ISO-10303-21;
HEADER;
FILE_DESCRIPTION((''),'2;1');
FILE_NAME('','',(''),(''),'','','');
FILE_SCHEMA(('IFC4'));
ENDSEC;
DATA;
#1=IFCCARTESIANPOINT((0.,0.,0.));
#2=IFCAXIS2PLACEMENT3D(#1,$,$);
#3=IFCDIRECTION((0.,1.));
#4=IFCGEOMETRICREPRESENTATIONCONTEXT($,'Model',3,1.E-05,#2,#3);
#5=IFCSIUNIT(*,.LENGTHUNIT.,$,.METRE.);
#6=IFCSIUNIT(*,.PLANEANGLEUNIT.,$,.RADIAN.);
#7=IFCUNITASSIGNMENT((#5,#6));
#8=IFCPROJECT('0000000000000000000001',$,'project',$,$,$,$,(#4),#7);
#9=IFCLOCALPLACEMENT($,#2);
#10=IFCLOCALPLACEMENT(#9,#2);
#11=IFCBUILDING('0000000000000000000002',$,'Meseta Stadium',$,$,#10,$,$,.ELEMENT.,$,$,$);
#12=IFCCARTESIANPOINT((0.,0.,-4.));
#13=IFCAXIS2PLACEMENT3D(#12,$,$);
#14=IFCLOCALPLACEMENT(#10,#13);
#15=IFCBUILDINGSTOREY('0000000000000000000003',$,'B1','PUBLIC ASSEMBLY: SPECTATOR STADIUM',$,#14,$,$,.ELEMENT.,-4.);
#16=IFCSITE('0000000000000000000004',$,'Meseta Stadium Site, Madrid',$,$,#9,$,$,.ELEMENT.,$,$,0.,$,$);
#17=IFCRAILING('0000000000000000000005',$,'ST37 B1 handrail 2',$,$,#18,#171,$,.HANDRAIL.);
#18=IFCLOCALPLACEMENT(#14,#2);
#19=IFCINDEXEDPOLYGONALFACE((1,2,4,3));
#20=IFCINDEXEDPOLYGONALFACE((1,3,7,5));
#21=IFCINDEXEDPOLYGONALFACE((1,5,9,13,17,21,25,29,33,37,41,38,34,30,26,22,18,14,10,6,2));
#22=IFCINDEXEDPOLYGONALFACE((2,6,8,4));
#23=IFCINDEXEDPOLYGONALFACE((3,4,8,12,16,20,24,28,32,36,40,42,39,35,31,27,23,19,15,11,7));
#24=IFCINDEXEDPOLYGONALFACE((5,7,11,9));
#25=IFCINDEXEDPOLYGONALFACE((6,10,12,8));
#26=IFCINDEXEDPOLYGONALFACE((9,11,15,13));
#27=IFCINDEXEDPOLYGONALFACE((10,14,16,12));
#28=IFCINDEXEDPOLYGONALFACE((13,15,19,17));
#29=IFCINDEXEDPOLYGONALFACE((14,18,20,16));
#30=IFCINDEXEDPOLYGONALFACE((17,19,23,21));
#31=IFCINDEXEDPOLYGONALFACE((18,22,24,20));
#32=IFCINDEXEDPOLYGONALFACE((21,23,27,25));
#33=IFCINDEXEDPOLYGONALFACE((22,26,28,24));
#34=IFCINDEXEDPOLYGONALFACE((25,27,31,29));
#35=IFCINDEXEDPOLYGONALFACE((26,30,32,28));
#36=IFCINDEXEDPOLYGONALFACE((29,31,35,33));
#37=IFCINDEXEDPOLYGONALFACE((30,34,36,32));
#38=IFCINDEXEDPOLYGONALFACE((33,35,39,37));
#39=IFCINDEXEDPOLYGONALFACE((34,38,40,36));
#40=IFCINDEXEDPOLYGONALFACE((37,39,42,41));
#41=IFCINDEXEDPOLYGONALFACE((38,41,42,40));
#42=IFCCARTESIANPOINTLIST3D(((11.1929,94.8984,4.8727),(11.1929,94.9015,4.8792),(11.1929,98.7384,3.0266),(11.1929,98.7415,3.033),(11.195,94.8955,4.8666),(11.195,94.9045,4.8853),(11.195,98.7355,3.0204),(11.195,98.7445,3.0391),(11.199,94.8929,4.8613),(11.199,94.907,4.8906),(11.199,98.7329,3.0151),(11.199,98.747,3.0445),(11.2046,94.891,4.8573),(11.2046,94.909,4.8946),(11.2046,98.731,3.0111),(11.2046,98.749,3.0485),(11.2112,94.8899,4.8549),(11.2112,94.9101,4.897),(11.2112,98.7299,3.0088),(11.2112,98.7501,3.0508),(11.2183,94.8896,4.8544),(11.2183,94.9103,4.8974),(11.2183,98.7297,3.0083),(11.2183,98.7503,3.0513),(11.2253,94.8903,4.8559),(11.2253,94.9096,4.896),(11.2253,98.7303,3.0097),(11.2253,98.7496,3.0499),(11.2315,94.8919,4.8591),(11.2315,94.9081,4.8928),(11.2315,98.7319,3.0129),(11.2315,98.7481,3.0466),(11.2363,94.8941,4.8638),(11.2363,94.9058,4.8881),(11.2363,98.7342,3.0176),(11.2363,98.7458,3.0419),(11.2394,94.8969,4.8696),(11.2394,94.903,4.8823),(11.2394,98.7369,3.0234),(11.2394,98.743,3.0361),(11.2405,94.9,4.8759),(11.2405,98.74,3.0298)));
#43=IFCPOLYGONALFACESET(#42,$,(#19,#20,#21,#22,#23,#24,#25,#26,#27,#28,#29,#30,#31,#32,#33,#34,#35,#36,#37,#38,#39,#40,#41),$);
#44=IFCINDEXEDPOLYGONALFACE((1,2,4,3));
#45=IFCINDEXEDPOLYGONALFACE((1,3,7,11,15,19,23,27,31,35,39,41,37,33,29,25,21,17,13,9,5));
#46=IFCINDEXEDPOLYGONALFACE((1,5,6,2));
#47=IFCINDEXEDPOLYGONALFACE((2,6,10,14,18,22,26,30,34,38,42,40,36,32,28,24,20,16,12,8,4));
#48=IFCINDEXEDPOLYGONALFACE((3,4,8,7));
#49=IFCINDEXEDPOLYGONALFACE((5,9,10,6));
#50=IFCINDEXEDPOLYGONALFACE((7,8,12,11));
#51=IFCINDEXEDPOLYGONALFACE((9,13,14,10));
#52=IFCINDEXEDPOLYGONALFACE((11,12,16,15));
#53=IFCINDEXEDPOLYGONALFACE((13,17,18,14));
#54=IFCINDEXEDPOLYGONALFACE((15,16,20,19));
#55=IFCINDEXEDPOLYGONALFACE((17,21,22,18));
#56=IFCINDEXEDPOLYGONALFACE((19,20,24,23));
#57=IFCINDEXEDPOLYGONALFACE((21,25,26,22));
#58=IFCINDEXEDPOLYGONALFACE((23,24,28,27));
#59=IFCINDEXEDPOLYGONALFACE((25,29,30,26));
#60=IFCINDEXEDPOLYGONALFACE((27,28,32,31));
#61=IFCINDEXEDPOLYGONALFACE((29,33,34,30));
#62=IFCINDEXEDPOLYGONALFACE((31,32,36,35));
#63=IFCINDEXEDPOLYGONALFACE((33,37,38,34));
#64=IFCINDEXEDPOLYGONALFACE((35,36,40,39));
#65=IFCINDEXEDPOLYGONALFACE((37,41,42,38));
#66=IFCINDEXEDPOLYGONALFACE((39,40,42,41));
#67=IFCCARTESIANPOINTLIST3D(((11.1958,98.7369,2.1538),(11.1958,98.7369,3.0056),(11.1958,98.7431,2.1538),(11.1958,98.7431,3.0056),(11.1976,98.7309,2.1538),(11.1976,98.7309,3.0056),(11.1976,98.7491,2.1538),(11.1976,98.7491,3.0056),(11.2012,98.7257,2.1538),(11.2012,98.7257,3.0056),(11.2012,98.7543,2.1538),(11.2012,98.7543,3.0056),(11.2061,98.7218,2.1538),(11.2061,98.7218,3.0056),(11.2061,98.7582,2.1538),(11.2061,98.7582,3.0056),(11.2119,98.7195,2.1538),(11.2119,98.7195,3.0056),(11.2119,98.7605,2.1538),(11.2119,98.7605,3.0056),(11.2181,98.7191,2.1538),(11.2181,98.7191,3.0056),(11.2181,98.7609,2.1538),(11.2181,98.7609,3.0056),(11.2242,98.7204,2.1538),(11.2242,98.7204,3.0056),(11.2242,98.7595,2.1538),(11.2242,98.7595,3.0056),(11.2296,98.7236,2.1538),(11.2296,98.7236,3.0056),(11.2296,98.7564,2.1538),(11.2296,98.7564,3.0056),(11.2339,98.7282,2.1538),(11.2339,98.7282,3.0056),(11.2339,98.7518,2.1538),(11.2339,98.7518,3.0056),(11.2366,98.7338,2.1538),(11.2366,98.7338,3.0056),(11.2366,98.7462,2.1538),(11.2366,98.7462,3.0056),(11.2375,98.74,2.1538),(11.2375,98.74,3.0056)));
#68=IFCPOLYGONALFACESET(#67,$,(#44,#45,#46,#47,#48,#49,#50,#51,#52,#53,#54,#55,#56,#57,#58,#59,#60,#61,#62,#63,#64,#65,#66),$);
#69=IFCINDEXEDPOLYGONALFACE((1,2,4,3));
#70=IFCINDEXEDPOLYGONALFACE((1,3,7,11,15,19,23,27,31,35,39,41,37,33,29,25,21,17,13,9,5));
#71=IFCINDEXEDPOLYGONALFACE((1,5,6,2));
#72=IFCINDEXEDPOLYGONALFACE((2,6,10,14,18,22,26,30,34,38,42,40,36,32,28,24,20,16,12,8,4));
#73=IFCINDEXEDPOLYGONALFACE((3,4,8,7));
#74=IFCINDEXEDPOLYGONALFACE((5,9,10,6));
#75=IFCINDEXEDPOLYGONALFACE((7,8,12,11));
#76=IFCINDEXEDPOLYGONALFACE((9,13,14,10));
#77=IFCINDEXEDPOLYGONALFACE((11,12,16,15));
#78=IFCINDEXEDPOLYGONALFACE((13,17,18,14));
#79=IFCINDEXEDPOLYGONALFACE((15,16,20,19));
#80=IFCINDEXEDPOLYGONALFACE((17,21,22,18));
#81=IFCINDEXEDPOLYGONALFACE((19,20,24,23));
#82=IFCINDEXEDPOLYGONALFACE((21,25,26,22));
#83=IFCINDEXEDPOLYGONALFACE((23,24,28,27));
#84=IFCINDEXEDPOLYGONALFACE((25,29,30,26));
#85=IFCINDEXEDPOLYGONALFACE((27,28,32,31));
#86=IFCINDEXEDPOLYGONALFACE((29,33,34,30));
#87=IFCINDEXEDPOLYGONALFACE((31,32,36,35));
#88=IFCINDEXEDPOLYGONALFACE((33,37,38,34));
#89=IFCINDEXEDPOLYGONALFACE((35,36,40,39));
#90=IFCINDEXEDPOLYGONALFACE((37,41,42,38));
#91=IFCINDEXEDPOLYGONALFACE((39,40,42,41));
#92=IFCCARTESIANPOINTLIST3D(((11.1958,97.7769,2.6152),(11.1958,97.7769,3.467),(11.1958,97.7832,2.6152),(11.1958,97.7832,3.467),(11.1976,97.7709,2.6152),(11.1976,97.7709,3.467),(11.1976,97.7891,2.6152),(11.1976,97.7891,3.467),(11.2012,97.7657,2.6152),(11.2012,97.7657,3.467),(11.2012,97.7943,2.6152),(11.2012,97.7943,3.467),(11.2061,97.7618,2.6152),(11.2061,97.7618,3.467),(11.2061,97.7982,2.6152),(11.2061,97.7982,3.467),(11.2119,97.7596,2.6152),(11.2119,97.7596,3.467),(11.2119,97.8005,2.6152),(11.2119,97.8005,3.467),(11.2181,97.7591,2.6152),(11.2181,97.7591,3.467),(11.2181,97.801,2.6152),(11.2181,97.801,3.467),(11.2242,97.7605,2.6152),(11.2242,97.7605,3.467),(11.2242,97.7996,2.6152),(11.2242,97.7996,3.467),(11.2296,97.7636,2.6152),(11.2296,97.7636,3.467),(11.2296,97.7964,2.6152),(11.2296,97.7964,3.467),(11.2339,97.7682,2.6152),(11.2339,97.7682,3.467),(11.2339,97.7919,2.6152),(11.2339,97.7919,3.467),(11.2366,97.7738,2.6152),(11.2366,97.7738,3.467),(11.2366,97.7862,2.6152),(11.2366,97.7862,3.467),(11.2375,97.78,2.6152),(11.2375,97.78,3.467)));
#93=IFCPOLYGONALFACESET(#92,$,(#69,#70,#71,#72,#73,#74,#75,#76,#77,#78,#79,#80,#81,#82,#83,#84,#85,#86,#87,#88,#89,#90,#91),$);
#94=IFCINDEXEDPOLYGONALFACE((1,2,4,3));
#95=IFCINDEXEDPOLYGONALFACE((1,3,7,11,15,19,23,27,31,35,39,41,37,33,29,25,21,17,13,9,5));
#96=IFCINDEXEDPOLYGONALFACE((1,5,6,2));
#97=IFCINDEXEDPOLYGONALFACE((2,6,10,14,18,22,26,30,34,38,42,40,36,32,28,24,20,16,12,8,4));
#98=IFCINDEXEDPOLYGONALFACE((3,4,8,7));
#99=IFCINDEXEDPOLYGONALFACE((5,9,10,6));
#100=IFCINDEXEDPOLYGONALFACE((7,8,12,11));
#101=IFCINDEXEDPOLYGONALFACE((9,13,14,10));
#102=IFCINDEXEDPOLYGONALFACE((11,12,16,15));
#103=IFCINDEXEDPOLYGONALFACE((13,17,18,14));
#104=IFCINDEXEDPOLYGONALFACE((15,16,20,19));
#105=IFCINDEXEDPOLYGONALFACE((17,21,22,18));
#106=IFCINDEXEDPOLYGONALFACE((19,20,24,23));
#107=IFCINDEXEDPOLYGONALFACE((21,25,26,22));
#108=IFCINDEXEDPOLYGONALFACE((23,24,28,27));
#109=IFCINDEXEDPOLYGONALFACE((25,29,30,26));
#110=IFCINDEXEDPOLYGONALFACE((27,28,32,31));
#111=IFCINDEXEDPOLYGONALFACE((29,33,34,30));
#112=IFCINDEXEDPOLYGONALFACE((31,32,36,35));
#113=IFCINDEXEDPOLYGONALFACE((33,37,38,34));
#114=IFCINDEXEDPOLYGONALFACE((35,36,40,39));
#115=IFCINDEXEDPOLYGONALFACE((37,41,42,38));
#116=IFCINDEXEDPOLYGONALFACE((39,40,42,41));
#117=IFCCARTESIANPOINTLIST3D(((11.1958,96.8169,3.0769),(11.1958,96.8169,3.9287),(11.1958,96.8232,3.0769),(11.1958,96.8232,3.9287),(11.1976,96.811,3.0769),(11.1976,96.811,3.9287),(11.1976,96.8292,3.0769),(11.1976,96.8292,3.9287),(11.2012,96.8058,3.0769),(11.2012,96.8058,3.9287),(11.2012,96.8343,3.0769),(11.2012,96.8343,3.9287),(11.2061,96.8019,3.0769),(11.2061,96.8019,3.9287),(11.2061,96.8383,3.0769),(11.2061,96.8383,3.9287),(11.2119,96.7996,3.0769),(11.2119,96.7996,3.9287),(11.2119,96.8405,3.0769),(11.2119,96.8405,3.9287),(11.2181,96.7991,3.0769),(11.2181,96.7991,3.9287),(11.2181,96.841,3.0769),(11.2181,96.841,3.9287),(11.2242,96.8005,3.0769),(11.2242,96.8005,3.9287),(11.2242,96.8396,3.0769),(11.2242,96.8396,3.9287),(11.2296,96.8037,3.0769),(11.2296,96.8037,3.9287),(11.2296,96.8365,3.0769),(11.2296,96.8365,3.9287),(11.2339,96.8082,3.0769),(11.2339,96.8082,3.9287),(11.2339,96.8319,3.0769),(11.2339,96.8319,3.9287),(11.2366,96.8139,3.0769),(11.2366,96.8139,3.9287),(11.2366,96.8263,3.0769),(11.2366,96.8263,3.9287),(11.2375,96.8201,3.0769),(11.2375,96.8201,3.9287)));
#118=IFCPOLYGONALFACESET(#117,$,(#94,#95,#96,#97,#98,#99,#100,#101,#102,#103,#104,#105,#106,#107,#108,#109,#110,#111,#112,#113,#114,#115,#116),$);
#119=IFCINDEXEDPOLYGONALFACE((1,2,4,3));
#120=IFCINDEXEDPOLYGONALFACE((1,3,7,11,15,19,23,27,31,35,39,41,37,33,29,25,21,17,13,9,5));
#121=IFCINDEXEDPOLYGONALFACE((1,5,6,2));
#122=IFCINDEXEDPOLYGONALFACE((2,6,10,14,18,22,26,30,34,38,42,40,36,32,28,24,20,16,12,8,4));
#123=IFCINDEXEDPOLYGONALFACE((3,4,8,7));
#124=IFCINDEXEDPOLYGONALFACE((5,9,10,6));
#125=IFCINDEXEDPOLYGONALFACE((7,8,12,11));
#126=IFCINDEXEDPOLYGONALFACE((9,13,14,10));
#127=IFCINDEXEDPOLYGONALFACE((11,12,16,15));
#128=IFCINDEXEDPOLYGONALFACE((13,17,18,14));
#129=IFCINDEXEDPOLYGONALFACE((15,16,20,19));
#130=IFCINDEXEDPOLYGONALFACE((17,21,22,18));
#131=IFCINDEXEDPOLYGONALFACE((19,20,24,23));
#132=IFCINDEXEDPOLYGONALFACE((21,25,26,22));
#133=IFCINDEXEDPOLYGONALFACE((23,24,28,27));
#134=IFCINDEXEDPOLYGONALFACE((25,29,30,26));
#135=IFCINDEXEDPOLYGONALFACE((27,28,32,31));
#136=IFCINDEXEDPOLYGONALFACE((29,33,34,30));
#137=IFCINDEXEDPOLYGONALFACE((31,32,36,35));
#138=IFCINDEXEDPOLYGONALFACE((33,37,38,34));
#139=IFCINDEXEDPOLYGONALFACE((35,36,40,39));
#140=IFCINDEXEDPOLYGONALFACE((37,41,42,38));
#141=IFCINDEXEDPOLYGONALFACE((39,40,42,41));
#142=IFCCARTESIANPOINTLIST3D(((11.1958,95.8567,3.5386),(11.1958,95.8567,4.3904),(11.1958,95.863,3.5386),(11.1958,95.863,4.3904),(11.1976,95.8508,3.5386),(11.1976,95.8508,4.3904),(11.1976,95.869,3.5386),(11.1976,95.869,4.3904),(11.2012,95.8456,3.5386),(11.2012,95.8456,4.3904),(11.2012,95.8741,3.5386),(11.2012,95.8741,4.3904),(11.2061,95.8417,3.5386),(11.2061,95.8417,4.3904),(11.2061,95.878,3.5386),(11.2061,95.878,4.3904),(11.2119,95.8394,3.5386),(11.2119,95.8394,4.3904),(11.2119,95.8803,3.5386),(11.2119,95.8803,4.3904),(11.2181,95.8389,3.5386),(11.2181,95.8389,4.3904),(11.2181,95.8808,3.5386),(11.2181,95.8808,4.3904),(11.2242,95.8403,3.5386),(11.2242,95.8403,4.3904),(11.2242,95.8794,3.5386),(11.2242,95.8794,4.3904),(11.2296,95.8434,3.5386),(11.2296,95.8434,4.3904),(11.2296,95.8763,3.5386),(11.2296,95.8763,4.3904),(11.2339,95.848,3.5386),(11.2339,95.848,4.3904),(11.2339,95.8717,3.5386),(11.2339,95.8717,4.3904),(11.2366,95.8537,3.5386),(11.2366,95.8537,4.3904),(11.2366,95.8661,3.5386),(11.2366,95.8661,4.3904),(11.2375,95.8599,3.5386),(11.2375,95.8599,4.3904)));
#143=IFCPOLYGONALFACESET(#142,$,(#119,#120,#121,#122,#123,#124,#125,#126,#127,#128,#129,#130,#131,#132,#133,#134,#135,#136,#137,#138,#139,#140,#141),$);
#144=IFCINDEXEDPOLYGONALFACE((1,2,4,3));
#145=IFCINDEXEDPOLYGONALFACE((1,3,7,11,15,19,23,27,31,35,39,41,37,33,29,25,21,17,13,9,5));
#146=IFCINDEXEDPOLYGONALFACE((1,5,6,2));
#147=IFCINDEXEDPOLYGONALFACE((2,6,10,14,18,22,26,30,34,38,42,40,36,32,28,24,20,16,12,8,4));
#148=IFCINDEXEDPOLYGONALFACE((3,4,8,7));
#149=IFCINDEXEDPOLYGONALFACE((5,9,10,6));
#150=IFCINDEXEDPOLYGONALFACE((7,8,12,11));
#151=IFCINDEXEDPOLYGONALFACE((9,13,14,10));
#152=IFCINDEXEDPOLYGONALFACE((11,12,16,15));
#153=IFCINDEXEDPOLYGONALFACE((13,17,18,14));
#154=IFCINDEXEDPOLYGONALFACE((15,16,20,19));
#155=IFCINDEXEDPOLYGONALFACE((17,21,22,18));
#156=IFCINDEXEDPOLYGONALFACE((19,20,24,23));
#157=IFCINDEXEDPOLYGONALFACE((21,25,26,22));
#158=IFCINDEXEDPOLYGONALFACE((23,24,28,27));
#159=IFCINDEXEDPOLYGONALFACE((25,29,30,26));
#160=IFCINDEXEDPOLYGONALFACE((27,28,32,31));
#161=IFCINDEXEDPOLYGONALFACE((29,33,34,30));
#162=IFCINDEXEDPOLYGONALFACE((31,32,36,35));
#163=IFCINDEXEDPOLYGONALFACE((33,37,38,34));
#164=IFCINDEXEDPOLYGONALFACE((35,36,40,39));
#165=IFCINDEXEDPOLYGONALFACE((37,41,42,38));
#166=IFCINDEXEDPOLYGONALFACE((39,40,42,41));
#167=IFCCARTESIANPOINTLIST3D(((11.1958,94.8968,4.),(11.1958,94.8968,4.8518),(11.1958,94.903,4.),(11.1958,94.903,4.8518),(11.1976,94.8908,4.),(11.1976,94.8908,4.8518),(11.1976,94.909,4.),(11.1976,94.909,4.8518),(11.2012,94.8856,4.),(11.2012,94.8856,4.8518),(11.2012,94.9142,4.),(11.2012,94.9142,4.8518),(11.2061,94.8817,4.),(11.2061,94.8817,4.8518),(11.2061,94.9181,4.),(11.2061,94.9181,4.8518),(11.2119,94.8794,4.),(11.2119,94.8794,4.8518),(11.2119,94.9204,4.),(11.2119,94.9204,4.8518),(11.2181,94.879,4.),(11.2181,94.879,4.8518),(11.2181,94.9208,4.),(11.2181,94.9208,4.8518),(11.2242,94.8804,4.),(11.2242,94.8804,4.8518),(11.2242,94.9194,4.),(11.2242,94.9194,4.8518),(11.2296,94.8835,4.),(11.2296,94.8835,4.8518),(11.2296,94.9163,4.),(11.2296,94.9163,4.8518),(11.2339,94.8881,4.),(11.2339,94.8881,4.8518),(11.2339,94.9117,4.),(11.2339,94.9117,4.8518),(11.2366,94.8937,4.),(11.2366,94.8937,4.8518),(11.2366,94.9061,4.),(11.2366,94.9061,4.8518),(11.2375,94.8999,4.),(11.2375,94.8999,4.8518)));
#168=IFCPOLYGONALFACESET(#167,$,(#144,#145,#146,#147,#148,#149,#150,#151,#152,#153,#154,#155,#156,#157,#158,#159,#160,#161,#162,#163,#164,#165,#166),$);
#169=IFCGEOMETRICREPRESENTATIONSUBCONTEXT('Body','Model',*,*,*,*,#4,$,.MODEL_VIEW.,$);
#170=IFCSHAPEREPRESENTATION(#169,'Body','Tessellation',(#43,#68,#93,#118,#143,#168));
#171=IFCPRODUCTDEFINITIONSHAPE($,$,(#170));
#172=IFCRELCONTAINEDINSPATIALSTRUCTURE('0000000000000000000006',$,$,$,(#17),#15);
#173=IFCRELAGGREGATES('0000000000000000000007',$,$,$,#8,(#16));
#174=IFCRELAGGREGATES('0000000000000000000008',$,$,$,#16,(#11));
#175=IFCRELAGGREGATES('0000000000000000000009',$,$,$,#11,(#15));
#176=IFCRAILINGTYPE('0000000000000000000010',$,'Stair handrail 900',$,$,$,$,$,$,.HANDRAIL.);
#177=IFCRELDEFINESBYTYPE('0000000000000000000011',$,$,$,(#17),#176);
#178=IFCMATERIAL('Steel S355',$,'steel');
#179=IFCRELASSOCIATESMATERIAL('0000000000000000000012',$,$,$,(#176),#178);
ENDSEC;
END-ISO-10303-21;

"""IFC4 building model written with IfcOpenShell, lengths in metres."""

from ifc_helpers import new_model, si_unit, direction, frame, origin, origin_2d, place, context, subcontext, project, spatial, circle, extrude, material, type_object, element, save


model = new_model("IFC4")

# Units and contexts
model_context = context("Model", 3, precision=1e-05, world=origin(), true_north=direction((0.0, 1.0)))
body_context = subcontext(model_context, "Body", "Model", "MODEL_VIEW")
ifc_project = project(units=[si_unit("LENGTHUNIT", "METRE"), si_unit("PLANEANGLEUNIT", "RADIAN")], contexts=[model_context])

# Site, building, storey
site_placement = place(None, origin())
site = spatial("IfcSite", under=ifc_project, at=site_placement, Name="Meseta Stadium Site, Madrid", CompositionType="ELEMENT", RefElevation=0.0)
building_placement = place(site_placement, origin())
building = spatial("IfcBuilding", under=site, at=building_placement, Name="Meseta Stadium", CompositionType="ELEMENT")
storey_placement = place(building_placement, frame((0.0, 0.0, -4.0)))
storey = spatial("IfcBuildingStorey", under=building, at=storey_placement, Name="B1", Description="PUBLIC ASSEMBLY: SPECTATOR STADIUM", CompositionType="ELEMENT", Elevation=-4.0)

# Railing
ifc_material_1 = material(Name="Steel S355", Category="steel")
railing_type_1 = type_object("IfcRailingType", Name="Stair handrail 900", PredefinedType="HANDRAIL", material=ifc_material_1)
for number, where, name in (
    (1, (11.2166, 98.74, 2.1538), "ST37 B1 handrail 2"),
):
    element("IfcRailing", number, at=place(storey_placement, frame(where)), inside=storey, type_object=railing_type_1, Name=name, PredefinedType="HANDRAIL", context=body_context, shape_type="SweptSolid", body=[
        extrude(circle(Radius=0.0239, at=origin_2d()), frame((0.0, 0.0, 0.876), z_axis=(0.0, -0.901253, 0.433294), x_axis=(1.0, 0.0, 0.0)), (0.0, 0.0, 1.0), 4.2607),
        extrude(circle(Radius=0.021, at=origin_2d()), origin(), (0.0, 0.0, 1.0), 0.8518),
        extrude(circle(Radius=0.021, at=origin_2d()), frame((0.0, -0.96, 0.4614)), (0.0, 0.0, 1.0), 0.8518),
        extrude(circle(Radius=0.021, at=origin_2d()), frame((0.0, -1.9199, 0.9231)), (0.0, 0.0, 1.0), 0.8518),
        extrude(circle(Radius=0.021, at=origin_2d()), frame((0.0, -2.8801, 1.3848)), (0.0, 0.0, 1.0), 0.8518),
        extrude(circle(Radius=0.021, at=origin_2d()), frame((0.0, -3.8401, 1.8462)), (0.0, 0.0, 1.0), 0.8518),
    ])

save(model, "model.ifc")
